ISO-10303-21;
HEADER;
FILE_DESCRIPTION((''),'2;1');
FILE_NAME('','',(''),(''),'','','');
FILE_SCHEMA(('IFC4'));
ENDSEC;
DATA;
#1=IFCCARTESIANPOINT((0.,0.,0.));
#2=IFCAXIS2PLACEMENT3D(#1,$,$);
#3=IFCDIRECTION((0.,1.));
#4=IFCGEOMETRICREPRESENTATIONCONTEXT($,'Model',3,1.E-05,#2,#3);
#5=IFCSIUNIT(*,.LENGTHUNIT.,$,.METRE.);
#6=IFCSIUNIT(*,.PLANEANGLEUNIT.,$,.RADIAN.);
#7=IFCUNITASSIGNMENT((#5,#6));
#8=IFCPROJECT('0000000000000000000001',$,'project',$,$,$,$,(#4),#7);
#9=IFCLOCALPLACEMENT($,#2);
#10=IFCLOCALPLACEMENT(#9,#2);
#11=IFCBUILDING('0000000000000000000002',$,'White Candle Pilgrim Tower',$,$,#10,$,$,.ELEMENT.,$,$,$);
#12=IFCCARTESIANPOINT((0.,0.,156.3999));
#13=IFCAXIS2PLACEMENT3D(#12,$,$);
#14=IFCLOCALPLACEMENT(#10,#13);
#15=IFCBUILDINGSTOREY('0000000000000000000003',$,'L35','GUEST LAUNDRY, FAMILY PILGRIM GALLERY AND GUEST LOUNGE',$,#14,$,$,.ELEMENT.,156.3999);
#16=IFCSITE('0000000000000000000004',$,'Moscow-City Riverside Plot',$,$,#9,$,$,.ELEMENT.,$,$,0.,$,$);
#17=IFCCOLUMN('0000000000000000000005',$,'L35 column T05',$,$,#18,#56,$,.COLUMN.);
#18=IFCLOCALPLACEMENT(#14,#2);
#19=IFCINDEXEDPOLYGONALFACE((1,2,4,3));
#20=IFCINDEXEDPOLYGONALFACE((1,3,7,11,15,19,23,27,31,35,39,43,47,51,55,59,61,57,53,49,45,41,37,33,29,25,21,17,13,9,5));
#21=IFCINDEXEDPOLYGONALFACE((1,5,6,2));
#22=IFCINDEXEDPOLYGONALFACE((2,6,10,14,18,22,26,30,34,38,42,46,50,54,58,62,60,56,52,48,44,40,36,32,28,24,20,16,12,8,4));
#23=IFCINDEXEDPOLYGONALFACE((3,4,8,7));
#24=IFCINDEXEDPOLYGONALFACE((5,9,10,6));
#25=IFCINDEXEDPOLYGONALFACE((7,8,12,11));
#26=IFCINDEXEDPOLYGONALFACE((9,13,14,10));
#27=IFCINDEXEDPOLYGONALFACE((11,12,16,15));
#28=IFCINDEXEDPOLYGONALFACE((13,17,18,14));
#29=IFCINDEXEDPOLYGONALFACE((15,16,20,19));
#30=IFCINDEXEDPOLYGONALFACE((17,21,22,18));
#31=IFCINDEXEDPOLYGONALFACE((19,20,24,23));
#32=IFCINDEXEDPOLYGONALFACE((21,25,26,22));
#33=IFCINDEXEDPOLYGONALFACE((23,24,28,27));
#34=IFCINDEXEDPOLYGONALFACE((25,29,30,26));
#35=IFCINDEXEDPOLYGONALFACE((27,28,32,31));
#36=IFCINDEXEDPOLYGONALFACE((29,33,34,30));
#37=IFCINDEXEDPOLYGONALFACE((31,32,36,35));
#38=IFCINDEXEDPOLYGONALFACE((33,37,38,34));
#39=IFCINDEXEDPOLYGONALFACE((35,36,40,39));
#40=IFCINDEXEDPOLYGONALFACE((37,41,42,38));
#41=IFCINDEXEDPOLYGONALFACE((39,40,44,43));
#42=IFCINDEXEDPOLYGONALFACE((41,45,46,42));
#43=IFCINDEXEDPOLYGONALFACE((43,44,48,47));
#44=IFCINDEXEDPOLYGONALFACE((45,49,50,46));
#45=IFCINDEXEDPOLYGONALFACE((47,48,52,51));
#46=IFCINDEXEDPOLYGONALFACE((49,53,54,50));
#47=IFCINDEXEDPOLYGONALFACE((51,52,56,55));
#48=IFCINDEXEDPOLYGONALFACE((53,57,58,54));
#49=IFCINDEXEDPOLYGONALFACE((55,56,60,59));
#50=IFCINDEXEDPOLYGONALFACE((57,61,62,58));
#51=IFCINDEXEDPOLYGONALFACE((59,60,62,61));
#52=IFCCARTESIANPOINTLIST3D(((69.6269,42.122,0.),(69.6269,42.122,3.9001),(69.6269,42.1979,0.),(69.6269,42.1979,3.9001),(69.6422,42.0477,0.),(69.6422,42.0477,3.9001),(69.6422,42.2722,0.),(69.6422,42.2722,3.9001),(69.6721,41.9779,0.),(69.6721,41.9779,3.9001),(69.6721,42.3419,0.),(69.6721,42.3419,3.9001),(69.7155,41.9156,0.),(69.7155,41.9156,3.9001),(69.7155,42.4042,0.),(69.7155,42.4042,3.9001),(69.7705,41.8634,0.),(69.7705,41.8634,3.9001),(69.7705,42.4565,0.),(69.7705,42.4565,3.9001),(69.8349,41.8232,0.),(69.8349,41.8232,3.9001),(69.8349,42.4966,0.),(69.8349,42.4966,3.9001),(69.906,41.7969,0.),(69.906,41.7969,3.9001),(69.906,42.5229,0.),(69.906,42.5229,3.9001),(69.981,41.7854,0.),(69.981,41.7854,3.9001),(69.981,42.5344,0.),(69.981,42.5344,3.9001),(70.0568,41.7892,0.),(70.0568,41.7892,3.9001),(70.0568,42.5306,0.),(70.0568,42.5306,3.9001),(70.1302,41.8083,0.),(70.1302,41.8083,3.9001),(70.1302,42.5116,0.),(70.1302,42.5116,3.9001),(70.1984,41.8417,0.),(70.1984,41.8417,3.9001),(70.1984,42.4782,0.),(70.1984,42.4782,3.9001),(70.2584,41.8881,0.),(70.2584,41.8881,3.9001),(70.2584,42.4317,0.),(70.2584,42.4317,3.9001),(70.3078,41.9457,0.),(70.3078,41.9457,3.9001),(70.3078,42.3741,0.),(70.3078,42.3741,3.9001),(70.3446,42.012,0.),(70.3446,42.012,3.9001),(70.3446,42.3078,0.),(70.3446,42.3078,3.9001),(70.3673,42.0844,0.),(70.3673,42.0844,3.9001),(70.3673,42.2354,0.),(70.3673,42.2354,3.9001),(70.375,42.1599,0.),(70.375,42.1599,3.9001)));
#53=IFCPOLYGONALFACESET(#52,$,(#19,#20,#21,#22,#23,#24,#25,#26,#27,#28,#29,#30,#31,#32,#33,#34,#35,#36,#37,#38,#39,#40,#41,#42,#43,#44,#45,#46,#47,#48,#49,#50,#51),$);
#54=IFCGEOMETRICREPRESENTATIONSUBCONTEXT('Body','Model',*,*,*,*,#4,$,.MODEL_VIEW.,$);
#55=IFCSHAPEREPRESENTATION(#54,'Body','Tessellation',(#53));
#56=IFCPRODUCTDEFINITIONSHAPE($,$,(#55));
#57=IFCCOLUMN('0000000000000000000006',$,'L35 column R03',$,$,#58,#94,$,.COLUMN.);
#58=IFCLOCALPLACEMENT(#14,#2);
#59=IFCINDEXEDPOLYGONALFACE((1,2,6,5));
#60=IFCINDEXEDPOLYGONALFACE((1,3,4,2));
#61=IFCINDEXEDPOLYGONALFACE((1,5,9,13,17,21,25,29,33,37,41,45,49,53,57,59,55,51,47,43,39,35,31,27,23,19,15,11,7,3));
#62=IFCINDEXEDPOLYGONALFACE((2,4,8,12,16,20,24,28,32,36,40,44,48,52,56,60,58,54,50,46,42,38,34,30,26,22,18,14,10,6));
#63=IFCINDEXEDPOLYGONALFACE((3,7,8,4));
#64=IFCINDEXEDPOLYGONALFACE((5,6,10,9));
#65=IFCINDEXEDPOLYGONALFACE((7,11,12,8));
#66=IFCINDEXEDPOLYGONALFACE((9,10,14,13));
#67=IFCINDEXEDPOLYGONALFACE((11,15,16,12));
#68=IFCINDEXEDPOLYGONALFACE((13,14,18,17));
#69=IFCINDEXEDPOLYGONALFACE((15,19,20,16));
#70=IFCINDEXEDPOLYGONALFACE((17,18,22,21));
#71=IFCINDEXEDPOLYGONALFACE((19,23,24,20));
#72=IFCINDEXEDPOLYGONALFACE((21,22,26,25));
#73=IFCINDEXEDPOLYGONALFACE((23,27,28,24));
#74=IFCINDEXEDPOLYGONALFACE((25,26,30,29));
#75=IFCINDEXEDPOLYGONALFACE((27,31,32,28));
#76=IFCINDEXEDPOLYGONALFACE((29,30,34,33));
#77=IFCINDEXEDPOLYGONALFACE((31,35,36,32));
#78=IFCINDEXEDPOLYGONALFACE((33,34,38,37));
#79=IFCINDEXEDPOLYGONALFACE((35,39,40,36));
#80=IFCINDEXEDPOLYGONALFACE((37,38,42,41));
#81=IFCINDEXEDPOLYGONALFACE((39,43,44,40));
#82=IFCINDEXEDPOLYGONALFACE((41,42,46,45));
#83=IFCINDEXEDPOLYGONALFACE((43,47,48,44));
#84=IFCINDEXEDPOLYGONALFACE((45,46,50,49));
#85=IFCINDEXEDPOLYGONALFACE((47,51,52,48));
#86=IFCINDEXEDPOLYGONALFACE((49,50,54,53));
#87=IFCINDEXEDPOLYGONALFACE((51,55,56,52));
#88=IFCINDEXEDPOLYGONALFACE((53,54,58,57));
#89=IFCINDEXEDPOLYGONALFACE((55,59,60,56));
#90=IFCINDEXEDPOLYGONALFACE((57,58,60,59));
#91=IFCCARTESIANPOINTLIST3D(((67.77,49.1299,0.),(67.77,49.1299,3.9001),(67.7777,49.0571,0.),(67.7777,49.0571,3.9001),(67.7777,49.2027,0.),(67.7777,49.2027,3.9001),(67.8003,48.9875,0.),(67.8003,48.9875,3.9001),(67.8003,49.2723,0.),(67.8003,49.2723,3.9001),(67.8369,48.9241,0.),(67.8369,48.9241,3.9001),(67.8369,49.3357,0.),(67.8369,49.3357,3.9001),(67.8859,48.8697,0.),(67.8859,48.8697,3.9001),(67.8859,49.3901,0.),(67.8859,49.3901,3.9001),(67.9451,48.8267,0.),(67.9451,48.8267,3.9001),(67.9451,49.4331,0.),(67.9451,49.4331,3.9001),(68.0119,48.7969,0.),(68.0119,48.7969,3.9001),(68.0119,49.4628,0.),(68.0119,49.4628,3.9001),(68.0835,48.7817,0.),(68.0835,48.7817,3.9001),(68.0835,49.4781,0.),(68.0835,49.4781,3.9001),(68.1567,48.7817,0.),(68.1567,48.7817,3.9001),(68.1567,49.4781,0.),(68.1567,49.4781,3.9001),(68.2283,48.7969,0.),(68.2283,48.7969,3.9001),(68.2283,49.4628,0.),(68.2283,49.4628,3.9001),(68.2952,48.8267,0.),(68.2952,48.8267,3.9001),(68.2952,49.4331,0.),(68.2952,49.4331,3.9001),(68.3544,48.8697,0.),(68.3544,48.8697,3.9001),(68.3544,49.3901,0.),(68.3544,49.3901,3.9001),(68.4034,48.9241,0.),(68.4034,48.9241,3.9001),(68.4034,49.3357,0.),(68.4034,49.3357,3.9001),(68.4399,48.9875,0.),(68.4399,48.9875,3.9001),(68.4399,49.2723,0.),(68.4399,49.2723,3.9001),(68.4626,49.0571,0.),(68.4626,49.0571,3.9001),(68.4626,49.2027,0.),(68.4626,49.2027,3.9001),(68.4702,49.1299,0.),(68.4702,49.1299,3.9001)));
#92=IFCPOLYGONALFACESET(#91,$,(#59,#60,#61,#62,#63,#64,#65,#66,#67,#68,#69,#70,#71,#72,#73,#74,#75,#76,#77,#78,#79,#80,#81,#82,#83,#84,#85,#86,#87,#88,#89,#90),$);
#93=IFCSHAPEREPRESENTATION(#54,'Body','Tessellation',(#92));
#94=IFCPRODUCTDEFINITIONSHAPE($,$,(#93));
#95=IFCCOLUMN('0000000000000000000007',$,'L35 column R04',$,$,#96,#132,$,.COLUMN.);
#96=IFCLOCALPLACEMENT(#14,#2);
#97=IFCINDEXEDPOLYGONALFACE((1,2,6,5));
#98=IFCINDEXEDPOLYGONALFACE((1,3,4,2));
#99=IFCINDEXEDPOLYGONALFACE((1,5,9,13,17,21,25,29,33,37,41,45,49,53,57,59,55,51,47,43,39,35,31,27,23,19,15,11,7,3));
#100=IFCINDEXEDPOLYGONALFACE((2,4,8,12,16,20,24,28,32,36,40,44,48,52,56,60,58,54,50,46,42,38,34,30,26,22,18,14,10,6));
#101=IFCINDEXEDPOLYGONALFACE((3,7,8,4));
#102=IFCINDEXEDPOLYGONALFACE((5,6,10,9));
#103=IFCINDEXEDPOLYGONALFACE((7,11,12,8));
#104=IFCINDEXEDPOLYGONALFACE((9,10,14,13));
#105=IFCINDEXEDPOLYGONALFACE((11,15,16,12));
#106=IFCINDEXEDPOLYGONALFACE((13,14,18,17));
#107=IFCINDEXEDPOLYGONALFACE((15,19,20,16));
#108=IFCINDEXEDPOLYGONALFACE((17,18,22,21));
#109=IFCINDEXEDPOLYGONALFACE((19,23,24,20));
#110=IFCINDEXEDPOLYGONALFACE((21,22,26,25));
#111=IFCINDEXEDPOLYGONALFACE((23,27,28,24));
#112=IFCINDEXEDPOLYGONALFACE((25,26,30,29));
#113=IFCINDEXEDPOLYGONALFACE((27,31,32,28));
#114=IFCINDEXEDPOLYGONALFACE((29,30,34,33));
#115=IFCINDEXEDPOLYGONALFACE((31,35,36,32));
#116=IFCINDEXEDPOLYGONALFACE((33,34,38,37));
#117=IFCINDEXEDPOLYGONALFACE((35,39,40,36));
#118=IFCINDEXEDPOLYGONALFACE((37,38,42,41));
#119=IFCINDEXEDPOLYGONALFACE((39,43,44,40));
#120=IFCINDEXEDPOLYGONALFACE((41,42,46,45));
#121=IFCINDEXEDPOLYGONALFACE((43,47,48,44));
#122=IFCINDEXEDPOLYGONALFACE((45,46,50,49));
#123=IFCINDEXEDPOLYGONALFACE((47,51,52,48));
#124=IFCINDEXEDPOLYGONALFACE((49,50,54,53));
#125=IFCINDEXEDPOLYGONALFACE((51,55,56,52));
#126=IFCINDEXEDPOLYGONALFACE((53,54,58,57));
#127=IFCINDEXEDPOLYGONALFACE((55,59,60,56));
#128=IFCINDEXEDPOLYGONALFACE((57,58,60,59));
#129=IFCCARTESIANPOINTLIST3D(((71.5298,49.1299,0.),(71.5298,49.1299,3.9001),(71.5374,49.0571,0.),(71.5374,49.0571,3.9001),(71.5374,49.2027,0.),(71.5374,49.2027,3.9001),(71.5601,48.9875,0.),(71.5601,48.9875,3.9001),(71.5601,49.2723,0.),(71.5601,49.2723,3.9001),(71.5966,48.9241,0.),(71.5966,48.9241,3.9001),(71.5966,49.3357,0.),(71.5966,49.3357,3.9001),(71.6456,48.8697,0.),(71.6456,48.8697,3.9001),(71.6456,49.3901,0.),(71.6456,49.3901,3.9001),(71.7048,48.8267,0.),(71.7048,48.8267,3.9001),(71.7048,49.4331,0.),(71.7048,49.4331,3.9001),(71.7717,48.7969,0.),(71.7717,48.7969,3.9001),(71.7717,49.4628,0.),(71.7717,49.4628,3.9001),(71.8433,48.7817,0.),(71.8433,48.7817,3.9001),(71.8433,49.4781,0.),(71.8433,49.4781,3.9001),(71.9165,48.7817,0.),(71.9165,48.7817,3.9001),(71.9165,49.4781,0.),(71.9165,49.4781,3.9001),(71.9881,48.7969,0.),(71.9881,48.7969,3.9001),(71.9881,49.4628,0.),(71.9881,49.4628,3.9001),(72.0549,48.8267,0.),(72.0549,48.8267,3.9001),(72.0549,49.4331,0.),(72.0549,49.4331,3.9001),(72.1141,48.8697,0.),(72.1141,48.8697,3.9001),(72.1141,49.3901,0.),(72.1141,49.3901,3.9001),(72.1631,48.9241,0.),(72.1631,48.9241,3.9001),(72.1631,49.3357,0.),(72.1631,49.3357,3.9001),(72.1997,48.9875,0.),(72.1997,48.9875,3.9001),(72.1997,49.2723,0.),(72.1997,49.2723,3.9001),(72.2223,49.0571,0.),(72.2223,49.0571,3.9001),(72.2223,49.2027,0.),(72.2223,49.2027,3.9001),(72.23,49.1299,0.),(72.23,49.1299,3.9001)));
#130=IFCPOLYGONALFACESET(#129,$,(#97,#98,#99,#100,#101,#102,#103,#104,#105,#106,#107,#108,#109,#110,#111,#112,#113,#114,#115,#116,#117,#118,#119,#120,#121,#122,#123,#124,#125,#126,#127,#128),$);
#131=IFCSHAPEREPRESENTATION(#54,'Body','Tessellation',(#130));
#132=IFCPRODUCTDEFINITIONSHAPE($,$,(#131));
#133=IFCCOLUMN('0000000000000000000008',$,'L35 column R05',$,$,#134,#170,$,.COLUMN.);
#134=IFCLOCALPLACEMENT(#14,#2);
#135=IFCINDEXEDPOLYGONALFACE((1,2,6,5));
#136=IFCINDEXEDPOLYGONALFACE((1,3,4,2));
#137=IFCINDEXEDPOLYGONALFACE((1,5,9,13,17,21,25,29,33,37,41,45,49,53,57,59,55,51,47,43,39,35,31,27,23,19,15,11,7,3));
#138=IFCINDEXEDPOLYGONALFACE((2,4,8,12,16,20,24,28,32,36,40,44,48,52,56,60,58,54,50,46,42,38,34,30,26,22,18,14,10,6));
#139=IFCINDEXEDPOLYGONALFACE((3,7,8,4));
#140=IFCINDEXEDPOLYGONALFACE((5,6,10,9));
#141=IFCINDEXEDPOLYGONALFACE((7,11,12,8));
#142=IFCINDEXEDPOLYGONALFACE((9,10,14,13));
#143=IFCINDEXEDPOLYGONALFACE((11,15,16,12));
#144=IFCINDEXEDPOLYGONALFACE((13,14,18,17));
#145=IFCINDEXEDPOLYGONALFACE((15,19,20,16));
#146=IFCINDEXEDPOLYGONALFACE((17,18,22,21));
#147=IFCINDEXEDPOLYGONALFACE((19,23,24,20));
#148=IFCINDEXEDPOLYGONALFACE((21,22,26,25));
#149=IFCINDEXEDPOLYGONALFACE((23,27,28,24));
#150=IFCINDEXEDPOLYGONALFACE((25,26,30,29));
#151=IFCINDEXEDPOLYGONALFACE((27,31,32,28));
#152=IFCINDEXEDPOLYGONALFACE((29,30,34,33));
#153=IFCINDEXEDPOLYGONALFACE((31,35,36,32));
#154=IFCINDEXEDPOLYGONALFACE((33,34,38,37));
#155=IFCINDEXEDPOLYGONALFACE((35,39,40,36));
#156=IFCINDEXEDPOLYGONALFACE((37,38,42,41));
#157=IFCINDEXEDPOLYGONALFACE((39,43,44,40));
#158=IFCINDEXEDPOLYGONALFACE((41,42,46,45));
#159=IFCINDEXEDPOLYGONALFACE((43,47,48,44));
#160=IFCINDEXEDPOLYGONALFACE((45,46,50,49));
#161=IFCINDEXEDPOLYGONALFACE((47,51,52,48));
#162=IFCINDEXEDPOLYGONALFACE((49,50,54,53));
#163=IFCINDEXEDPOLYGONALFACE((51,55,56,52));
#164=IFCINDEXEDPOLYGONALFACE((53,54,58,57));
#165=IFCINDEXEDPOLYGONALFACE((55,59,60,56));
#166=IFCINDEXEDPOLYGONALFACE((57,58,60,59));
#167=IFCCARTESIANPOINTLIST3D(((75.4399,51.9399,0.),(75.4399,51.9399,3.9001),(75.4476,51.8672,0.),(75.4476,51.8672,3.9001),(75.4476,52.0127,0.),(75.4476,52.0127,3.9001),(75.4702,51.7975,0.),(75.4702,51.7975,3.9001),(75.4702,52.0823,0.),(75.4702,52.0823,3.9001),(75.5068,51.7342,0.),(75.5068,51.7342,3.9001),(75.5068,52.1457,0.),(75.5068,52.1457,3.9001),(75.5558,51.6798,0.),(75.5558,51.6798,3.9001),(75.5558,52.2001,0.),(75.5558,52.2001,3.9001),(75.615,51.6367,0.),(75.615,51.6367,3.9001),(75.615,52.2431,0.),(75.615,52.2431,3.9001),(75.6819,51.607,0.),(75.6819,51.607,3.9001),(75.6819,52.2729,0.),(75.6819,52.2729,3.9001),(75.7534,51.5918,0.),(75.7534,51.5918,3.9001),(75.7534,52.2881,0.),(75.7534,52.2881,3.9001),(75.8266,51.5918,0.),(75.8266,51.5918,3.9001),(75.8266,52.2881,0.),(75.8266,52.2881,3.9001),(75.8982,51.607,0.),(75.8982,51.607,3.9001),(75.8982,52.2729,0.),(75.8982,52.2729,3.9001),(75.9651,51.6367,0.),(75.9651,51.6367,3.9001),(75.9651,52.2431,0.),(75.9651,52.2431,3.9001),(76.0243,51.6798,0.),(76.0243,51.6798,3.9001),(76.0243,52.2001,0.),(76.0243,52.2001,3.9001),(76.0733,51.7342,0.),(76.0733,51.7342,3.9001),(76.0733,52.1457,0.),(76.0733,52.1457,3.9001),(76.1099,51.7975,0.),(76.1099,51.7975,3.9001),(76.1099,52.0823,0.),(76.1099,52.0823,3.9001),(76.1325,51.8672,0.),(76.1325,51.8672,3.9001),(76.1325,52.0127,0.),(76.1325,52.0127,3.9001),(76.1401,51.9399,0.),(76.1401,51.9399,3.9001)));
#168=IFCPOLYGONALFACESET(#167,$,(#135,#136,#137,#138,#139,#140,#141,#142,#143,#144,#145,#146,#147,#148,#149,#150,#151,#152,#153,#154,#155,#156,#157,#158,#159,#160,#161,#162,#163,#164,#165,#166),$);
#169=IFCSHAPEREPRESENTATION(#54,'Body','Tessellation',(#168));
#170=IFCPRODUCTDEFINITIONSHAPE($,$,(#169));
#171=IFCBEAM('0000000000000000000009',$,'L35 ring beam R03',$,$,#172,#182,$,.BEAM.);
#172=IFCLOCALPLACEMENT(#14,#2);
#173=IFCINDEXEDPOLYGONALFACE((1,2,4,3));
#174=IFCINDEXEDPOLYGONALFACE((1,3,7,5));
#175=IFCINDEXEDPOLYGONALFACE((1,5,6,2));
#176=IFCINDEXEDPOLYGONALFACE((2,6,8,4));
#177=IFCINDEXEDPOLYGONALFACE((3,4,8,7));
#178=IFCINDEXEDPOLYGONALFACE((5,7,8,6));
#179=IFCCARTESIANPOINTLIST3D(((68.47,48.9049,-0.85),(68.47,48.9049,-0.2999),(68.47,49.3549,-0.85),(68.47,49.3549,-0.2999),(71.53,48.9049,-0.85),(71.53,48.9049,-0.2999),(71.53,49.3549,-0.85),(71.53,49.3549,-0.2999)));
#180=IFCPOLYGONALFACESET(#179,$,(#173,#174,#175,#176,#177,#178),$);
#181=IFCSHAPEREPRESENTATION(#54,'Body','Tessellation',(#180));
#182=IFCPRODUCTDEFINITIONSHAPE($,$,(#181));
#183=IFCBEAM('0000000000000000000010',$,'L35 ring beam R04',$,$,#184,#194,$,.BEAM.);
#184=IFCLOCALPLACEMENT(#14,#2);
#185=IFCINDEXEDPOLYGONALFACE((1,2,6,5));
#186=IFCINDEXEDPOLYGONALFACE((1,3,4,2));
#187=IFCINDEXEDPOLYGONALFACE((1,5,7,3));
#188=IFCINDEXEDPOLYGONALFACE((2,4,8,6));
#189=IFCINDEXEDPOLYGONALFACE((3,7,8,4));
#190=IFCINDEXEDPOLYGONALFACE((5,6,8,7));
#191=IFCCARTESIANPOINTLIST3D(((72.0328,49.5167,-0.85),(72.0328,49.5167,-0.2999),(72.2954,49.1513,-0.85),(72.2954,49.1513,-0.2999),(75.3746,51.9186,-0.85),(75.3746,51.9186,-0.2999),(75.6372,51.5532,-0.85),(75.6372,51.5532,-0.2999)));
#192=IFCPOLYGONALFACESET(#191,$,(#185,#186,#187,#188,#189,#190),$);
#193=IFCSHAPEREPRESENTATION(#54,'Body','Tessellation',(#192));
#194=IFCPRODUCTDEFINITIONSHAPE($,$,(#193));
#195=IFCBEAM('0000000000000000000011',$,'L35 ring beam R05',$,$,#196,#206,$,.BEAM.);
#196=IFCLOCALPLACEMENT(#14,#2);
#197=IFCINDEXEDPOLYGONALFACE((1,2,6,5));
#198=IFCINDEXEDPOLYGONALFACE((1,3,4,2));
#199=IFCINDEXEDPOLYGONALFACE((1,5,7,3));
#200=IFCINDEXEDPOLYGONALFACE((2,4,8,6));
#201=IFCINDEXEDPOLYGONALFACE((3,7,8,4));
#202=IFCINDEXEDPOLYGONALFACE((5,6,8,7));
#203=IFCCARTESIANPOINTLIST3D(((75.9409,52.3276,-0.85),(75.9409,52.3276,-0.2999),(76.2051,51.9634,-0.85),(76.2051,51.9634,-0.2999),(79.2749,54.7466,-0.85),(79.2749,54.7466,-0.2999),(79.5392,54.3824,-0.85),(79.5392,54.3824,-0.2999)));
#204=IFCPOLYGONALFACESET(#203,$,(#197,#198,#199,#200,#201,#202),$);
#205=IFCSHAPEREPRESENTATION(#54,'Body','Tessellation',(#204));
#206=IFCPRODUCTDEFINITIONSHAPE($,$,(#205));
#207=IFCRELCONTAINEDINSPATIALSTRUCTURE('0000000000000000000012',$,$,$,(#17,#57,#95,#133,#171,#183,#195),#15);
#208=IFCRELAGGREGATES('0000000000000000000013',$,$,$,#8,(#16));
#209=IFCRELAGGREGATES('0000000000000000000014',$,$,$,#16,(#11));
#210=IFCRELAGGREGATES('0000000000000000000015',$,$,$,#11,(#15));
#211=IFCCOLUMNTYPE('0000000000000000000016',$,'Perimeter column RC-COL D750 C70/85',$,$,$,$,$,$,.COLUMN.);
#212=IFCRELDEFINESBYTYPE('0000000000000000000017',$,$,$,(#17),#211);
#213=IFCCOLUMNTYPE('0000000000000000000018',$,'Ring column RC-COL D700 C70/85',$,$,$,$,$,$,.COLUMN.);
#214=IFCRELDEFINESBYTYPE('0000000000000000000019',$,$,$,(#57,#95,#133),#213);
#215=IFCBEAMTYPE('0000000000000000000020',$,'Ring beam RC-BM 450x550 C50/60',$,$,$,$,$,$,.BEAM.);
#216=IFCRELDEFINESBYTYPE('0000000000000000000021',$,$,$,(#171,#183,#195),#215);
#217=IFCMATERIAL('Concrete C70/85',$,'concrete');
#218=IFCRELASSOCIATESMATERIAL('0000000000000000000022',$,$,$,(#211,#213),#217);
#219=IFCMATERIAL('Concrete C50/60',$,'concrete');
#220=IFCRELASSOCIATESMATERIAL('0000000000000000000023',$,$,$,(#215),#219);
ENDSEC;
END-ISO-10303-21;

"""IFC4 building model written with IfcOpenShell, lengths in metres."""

from ifc_helpers import new_model, si_unit, direction, frame, origin, origin_2d, place, context, subcontext, project, spatial, rectangle, circle, extrude, material, material_profile, profile_set, type_object, element, save


model = new_model("IFC4")

# Units and contexts
model_context = context("Model", 3, precision=1e-05, world=origin(), true_north=direction((0.0, 1.0)))
body_context = subcontext(model_context, "Body", "Model", "MODEL_VIEW")
ifc_project = project(units=[si_unit("LENGTHUNIT", "METRE"), si_unit("PLANEANGLEUNIT", "RADIAN")], contexts=[model_context])

# Site, building, storey
site_placement = place(None, origin())
site = spatial("IfcSite", under=ifc_project, at=site_placement, Name="Moscow-City Riverside Plot", CompositionType="ELEMENT", RefElevation=0.0)
building_placement = place(site_placement, origin())
building = spatial("IfcBuilding", under=site, at=building_placement, Name="White Candle Pilgrim Tower", CompositionType="ELEMENT")
storey_placement = place(building_placement, frame((0.0, 0.0, 156.3999)))
storey = spatial("IfcBuildingStorey", under=building, at=storey_placement, Name="L35", Description="GUEST LAUNDRY, FAMILY PILGRIM GALLERY AND GUEST LOUNGE", CompositionType="ELEMENT", Elevation=156.3999)

# Columns
ifc_material_1 = material(Name="Concrete C70/85", Category="concrete")
ifc_material_profile_1 = material_profile(ifc_material_1, circle(Radius=0.375, at=origin_2d()), Name="RC-COL D750")
ifc_profile_set_1 = profile_set([ifc_material_profile_1], Name="Concrete C70/85")
column_type_1 = type_object("IfcColumnType", Name="Perimeter column RC-COL D750 C70/85", PredefinedType="COLUMN", material=ifc_profile_set_1)
column_placement = place(storey_placement, frame((70.0, 42.1599, 0.0), z_axis=(0.0, 0.0, 1.0), x_axis=(1.0, 0.0, 0.0)))
element("IfcColumn", 1, at=column_placement, inside=storey, type_object=column_type_1, Name="L35 column T05", PredefinedType="COLUMN", context=body_context, shape_type="SweptSolid", body=[
    extrude(circle(Radius=0.375, at=origin_2d()), origin(), (0.0, 0.0, 1.0), 3.9001),
])
ifc_material_profile_2 = material_profile(ifc_material_1, circle(Radius=0.3501, at=origin_2d()), Name="RC-COL D700")
ifc_profile_set_2 = profile_set([ifc_material_profile_2], Name="Concrete C70/85")
column_type_2 = type_object("IfcColumnType", Name="Ring column RC-COL D700 C70/85", PredefinedType="COLUMN", material=ifc_profile_set_2)
for number, where, z_axis, x_axis, name in (
    (2, (68.1201, 49.1299, 0.0), (0.0, 0.0, 1.0), (1.0, 0.0, 0.0), "L35 column R03"),
    (3, (71.8799, 49.1299, 0.0), (0.0, 0.0, 1.0), (1.0, 0.0, 0.0), "L35 column R04"),
    (4, (75.79, 51.9399, 0.0), (0.0, 0.0, 1.0), (1.0, 0.0, 0.0), "L35 column R05"),
):
    element("IfcColumn", number, at=place(storey_placement, frame(where, z_axis=z_axis, x_axis=x_axis)), inside=storey, type_object=column_type_2, Name=name, PredefinedType="COLUMN", context=body_context, shape_type="SweptSolid", body=[
        extrude(circle(Radius=0.3501, at=origin_2d()), origin(), (0.0, 0.0, 1.0), 3.9001),
    ])

# Beams
ifc_material_2 = material(Name="Concrete C50/60", Category="concrete")
ifc_material_profile_3 = material_profile(ifc_material_2, rectangle(XDim=0.45, YDim=0.55, at=origin_2d()), Name="RC-BM 450x550")
ifc_profile_set_3 = profile_set([ifc_material_profile_3], Name="Concrete C50/60")
beam_type = type_object("IfcBeamType", Name="Ring beam RC-BM 450x550 C50/60", PredefinedType="BEAM", material=ifc_profile_set_3)
beam_1_placement = place(storey_placement, frame((68.47, 49.1299, -0.575), z_axis=(1.0, 0.0, 0.0), x_axis=(0.0, 1.0, 0.0)))
element("IfcBeam", 5, at=beam_1_placement, inside=storey, type_object=beam_type, Name="L35 ring beam R03", PredefinedType="BEAM", context=body_context, shape_type="SweptSolid", body=[
    extrude(rectangle(XDim=0.45, YDim=0.55, at=origin_2d()), origin(), (0.0, 0.0, 1.0), 3.0601),
])
beam_2_placement = place(storey_placement, frame((72.1641, 49.334, -0.575), z_axis=(0.812022, 0.583626, 0.0), x_axis=(-0.583626, 0.812022, 0.0)))
element("IfcBeam", 6, at=beam_2_placement, inside=storey, type_object=beam_type, Name="L35 ring beam R04", PredefinedType="BEAM", context=body_context, shape_type="SweptSolid", body=[
    extrude(rectangle(XDim=0.45, YDim=0.55, at=origin_2d()), origin(), (0.0, 0.0, 1.0), 4.1155),
])
beam_3_placement = place(storey_placement, frame((76.073, 52.1455, -0.575), z_axis=(0.809402, 0.587255, 0.0), x_axis=(-0.587255, 0.809402, 0.0)))
element("IfcBeam", 7, at=beam_3_placement, inside=storey, type_object=beam_type, Name="L35 ring beam R05", PredefinedType="BEAM", context=body_context, shape_type="SweptSolid", body=[
    extrude(rectangle(XDim=0.45, YDim=0.55, at=origin_2d()), origin(), (0.0, 0.0, 1.0), 4.1191),
])

save(model, "model.ifc")
